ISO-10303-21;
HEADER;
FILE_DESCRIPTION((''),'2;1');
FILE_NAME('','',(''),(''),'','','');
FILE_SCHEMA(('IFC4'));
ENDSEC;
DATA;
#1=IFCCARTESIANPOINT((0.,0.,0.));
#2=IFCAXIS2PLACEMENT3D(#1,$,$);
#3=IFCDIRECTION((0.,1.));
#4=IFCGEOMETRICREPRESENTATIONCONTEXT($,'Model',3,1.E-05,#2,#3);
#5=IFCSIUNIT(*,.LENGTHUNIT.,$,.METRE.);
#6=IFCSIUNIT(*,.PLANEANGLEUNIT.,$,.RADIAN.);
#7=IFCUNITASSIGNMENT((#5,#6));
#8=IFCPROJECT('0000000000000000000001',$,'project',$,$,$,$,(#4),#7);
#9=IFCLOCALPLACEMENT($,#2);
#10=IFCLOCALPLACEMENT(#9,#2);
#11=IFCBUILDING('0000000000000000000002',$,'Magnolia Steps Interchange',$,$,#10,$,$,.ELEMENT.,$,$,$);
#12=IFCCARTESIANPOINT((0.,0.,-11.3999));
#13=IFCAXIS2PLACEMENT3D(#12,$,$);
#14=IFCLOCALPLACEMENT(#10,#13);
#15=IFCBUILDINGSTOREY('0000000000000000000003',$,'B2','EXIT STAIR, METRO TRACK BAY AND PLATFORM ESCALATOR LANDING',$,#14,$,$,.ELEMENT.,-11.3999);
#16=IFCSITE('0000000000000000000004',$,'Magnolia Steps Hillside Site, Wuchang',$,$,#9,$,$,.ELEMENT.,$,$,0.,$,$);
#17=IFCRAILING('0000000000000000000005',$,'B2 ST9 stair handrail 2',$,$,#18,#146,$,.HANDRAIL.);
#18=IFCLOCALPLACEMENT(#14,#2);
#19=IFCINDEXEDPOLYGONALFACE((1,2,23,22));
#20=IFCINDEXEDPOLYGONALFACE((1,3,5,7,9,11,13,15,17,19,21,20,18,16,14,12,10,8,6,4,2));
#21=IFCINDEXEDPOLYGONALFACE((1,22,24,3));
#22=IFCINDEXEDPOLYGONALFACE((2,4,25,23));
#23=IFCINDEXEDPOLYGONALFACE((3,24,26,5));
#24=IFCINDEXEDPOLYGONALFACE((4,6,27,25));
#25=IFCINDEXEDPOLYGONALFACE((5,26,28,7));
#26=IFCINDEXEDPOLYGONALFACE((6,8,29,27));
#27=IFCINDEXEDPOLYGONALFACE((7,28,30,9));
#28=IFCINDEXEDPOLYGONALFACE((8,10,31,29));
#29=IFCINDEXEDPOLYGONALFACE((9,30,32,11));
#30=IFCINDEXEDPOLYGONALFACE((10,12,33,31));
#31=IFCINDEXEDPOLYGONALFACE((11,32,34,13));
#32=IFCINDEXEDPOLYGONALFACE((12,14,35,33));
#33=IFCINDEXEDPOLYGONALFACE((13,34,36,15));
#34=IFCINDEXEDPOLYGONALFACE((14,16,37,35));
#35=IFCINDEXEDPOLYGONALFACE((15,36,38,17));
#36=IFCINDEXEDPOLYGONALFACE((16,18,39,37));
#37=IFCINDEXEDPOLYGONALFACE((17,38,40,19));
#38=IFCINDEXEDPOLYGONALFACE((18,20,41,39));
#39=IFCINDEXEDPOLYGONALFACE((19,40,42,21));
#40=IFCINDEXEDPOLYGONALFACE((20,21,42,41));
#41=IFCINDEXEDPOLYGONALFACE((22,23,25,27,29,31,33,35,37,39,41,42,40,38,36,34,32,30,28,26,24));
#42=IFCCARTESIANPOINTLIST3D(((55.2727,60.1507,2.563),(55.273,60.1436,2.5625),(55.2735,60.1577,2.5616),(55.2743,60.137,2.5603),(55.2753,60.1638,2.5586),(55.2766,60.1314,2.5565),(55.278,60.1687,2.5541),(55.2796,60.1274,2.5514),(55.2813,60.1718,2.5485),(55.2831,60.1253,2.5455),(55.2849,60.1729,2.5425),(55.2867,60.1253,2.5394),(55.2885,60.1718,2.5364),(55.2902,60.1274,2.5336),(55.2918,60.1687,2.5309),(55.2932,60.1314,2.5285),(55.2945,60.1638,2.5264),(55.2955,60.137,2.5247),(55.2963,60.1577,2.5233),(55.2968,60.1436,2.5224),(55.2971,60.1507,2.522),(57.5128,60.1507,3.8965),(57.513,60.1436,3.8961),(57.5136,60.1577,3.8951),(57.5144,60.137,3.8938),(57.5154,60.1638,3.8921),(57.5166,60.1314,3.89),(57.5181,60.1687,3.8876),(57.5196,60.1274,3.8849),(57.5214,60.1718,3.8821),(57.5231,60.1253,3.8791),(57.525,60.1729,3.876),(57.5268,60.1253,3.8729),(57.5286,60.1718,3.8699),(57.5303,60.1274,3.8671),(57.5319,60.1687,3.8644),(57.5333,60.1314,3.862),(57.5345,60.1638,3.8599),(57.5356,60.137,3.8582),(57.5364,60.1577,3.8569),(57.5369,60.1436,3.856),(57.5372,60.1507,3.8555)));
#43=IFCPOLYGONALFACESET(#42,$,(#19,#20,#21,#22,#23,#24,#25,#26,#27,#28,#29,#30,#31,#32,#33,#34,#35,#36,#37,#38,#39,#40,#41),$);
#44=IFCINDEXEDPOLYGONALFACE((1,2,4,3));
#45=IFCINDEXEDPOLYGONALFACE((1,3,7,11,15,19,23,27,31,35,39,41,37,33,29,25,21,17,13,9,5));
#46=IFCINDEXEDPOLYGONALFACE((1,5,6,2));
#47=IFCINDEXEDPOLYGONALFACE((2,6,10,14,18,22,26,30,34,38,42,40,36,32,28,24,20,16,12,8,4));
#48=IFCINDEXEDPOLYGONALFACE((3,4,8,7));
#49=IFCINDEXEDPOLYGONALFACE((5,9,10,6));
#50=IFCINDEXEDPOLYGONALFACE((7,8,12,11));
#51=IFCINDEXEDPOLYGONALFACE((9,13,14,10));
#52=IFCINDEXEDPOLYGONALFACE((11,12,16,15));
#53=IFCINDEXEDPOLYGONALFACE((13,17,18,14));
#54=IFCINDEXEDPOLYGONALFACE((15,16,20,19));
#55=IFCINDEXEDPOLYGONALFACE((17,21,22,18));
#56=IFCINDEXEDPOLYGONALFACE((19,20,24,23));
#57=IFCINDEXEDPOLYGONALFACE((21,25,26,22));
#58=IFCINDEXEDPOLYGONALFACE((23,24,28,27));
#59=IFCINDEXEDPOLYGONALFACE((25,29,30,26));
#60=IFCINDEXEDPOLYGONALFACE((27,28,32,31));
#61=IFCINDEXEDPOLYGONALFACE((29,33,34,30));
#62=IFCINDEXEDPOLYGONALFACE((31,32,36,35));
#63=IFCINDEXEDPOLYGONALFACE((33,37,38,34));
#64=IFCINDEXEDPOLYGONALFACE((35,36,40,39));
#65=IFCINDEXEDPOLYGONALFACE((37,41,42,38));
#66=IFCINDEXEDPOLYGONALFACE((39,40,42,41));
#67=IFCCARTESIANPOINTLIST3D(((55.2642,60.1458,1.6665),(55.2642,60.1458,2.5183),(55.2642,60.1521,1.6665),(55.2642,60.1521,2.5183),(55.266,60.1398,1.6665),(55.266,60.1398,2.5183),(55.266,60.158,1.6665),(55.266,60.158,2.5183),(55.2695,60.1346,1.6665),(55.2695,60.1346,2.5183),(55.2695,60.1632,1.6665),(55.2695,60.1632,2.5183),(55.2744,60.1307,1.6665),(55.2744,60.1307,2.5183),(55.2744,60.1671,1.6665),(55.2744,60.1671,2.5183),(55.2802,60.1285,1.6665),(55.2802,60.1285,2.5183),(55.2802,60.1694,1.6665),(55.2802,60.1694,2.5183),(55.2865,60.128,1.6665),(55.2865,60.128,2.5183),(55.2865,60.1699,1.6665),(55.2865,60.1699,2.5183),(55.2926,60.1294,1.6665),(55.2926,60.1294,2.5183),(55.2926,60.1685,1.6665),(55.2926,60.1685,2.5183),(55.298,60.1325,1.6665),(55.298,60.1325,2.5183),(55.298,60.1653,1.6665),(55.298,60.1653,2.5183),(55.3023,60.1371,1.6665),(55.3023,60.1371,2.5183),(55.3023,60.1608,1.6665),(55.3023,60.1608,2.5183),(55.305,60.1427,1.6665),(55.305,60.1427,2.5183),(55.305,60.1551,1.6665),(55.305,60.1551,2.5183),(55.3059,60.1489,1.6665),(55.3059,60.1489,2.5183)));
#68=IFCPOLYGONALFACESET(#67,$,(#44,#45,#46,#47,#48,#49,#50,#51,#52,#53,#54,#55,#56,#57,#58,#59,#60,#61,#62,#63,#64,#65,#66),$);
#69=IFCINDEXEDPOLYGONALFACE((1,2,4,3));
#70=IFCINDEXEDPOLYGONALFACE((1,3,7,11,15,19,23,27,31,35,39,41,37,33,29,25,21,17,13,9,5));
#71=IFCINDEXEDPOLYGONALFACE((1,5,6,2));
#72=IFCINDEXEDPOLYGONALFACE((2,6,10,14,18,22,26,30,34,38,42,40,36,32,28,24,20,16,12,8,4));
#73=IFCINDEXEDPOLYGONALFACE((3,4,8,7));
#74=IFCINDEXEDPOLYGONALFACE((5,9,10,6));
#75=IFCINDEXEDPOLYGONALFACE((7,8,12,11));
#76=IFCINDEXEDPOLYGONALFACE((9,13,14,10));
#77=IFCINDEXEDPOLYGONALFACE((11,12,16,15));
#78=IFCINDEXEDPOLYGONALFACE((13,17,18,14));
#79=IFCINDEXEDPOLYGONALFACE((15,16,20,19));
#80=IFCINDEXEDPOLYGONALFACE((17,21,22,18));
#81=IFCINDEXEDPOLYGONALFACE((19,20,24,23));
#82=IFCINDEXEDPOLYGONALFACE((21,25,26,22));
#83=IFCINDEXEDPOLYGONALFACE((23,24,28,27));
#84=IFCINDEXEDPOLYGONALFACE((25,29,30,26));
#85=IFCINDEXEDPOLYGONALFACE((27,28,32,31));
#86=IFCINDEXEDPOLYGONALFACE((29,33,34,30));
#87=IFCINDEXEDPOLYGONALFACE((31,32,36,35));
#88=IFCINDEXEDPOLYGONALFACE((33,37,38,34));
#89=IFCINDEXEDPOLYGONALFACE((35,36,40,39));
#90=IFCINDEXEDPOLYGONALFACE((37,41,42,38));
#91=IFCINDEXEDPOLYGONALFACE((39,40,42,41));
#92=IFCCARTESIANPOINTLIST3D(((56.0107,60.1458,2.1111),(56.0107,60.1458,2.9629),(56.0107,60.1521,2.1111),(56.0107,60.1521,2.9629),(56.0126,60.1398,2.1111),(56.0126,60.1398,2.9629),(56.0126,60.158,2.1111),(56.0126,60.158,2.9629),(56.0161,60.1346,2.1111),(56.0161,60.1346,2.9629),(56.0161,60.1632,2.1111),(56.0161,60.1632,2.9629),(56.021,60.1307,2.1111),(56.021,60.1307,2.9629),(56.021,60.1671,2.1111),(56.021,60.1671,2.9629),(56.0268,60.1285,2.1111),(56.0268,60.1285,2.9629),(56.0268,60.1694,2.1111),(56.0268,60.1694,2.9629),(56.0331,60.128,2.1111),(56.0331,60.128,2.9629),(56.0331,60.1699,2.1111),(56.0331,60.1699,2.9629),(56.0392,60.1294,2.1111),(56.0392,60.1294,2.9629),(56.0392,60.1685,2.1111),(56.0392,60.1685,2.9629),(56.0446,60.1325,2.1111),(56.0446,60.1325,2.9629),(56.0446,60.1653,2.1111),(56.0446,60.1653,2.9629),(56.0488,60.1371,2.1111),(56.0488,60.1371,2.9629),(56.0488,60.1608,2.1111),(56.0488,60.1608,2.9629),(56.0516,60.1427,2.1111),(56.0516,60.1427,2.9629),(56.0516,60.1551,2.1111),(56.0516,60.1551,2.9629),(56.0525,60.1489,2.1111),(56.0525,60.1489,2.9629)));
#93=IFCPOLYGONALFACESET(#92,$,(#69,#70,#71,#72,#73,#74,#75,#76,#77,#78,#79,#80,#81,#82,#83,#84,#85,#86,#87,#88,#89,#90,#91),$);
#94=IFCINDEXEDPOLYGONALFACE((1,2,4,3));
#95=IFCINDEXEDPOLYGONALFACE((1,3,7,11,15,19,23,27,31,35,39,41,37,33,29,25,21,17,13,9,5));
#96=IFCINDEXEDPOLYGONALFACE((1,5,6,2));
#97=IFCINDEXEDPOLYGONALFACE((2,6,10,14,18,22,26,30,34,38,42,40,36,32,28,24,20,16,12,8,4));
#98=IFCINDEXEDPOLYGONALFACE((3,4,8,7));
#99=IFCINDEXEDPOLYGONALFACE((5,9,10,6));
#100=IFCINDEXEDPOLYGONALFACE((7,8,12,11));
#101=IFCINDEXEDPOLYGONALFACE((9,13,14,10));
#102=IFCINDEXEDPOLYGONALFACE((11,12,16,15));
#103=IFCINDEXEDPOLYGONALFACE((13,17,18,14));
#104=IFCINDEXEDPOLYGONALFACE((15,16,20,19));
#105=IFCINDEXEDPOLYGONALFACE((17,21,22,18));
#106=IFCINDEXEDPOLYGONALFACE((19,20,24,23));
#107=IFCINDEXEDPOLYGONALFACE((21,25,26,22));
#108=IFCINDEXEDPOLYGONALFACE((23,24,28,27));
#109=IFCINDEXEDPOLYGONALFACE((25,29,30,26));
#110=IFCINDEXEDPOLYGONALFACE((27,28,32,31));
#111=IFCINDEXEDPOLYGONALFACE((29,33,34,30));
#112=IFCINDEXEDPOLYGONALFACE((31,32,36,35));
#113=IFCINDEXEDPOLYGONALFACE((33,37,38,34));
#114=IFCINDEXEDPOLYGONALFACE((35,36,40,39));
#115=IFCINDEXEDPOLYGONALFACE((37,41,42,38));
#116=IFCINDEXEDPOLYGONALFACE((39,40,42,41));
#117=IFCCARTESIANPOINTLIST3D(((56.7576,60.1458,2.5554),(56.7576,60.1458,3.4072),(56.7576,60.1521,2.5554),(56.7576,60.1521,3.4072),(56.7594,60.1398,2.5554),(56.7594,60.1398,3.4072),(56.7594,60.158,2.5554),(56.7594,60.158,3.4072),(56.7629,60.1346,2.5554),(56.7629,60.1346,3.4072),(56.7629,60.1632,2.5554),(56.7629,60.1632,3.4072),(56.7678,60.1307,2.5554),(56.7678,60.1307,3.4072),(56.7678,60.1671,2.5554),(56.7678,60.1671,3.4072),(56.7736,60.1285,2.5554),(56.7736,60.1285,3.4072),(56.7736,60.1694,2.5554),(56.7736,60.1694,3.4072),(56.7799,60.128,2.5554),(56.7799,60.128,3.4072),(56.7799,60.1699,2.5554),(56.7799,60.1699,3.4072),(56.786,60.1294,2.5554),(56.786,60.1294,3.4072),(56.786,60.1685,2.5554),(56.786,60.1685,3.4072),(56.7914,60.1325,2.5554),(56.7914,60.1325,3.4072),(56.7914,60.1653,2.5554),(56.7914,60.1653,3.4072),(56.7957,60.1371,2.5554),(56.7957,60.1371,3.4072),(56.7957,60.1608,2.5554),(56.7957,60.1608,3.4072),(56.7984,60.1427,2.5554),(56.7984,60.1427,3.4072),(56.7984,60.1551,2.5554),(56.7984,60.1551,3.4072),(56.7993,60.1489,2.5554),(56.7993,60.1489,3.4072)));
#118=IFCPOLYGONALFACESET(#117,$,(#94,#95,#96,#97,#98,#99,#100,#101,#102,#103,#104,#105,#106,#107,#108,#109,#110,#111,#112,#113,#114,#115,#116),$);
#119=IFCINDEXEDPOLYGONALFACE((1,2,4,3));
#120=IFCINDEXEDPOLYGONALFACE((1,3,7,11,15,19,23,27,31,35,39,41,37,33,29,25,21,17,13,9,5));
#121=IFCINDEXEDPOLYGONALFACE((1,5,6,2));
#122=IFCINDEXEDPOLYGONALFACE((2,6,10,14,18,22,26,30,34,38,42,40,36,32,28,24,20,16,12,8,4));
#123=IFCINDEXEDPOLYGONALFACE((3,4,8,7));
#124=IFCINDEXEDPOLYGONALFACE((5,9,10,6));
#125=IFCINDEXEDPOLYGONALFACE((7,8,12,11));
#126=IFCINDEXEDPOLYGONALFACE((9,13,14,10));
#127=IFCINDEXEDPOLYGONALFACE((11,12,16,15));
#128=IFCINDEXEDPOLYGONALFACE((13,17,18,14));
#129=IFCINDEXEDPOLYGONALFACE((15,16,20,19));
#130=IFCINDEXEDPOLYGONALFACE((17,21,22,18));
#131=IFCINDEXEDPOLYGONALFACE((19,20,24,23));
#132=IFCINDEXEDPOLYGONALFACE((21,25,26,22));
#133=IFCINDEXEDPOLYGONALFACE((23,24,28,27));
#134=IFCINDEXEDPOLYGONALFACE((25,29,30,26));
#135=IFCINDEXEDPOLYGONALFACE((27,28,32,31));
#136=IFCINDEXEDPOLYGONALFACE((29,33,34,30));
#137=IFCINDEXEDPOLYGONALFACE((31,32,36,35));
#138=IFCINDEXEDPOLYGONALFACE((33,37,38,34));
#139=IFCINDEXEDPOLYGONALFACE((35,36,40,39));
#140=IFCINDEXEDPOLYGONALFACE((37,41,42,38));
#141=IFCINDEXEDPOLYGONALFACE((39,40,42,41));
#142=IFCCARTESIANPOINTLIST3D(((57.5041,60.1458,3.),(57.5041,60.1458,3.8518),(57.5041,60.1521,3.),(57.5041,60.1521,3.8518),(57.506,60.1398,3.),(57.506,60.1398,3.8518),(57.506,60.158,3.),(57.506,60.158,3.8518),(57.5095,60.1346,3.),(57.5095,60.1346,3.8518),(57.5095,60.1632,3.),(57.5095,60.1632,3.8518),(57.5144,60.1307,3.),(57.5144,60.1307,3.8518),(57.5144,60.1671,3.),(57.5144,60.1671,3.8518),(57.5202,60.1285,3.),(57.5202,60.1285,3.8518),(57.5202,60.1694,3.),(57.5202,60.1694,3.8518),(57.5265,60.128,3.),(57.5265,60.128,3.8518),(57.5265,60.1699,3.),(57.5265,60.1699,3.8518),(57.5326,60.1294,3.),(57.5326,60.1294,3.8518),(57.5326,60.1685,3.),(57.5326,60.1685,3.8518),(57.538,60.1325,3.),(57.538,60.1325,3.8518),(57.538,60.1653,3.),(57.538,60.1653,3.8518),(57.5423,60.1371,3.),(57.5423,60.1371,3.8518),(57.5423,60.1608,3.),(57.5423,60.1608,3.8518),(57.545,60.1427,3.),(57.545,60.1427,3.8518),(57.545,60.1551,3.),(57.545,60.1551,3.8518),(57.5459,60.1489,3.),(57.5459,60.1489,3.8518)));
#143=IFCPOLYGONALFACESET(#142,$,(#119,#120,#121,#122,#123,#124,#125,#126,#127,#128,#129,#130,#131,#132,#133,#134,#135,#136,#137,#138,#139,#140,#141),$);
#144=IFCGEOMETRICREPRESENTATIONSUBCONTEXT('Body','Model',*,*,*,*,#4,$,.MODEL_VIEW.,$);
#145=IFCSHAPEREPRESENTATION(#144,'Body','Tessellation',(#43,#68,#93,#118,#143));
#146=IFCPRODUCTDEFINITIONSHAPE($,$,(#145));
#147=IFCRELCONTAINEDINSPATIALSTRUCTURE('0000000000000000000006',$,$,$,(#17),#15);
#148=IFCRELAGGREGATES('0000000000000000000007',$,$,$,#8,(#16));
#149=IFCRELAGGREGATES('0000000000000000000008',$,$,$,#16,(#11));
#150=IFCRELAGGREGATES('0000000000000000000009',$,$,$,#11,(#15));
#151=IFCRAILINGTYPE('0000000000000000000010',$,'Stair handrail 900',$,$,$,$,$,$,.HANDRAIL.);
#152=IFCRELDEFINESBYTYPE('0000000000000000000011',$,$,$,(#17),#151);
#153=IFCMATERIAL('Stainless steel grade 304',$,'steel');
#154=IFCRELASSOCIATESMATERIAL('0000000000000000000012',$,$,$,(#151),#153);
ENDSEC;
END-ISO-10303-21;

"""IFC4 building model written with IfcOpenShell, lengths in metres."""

from ifc_helpers import new_model, si_unit, direction, frame, origin, origin_2d, place, context, subcontext, project, spatial, circle, extrude, material, type_object, element, save


model = new_model("IFC4")

# Units and contexts
model_context = context("Model", 3, precision=1e-05, world=origin(), true_north=direction((0.0, 1.0)))
body_context = subcontext(model_context, "Body", "Model", "MODEL_VIEW")
ifc_project = project(units=[si_unit("LENGTHUNIT", "METRE"), si_unit("PLANEANGLEUNIT", "RADIAN")], contexts=[model_context])

# Site, building, storey
site_placement = place(None, origin())
site = spatial("IfcSite", under=ifc_project, at=site_placement, Name="Magnolia Steps Hillside Site, Wuchang", CompositionType="ELEMENT", RefElevation=0.0)
building_placement = place(site_placement, origin())
building = spatial("IfcBuilding", under=site, at=building_placement, Name="Magnolia Steps Interchange", CompositionType="ELEMENT")
storey_placement = place(building_placement, frame((0.0, 0.0, -11.3999)))
storey = spatial("IfcBuildingStorey", under=building, at=storey_placement, Name="B2", Description="EXIT STAIR, METRO TRACK BAY AND PLATFORM ESCALATOR LANDING", CompositionType="ELEMENT", Elevation=-11.3999)

# Railing
ifc_material_1 = material(Name="Stainless steel grade 304", Category="steel")
railing_type_1 = type_object("IfcRailingType", Name="Stair handrail 900", PredefinedType="HANDRAIL", material=ifc_material_1)
railing_1_placement = place(storey_placement, frame((55.2849, 60.1489, 1.6665)))
element("IfcRailing", 1, at=railing_1_placement, inside=storey, type_object=railing_type_1, Name="B2 ST9 stair handrail 2", PredefinedType="HANDRAIL", context=body_context, shape_type="SweptSolid", body=[
    extrude(circle(Radius=0.0239, at=origin_2d()), frame((0.0, 0.0, 0.876), z_axis=(0.859264, 0.0, 0.511532), x_axis=(0.0, 1.0, 0.0)), (0.0, 0.0, 1.0), 2.6069),
    extrude(circle(Radius=0.021, at=origin_2d()), origin(), (0.0, 0.0, 1.0), 0.8518),
    extrude(circle(Radius=0.021, at=origin_2d()), frame((0.7466, 0.0, 0.4446)), (0.0, 0.0, 1.0), 0.8518),
    extrude(circle(Radius=0.021, at=origin_2d()), frame((1.4934, 0.0, 0.8889)), (0.0, 0.0, 1.0), 0.8518),
    extrude(circle(Radius=0.021, at=origin_2d()), frame((2.24, 0.0, 1.3335)), (0.0, 0.0, 1.0), 0.8518),
])

save(model, "model.ifc")
